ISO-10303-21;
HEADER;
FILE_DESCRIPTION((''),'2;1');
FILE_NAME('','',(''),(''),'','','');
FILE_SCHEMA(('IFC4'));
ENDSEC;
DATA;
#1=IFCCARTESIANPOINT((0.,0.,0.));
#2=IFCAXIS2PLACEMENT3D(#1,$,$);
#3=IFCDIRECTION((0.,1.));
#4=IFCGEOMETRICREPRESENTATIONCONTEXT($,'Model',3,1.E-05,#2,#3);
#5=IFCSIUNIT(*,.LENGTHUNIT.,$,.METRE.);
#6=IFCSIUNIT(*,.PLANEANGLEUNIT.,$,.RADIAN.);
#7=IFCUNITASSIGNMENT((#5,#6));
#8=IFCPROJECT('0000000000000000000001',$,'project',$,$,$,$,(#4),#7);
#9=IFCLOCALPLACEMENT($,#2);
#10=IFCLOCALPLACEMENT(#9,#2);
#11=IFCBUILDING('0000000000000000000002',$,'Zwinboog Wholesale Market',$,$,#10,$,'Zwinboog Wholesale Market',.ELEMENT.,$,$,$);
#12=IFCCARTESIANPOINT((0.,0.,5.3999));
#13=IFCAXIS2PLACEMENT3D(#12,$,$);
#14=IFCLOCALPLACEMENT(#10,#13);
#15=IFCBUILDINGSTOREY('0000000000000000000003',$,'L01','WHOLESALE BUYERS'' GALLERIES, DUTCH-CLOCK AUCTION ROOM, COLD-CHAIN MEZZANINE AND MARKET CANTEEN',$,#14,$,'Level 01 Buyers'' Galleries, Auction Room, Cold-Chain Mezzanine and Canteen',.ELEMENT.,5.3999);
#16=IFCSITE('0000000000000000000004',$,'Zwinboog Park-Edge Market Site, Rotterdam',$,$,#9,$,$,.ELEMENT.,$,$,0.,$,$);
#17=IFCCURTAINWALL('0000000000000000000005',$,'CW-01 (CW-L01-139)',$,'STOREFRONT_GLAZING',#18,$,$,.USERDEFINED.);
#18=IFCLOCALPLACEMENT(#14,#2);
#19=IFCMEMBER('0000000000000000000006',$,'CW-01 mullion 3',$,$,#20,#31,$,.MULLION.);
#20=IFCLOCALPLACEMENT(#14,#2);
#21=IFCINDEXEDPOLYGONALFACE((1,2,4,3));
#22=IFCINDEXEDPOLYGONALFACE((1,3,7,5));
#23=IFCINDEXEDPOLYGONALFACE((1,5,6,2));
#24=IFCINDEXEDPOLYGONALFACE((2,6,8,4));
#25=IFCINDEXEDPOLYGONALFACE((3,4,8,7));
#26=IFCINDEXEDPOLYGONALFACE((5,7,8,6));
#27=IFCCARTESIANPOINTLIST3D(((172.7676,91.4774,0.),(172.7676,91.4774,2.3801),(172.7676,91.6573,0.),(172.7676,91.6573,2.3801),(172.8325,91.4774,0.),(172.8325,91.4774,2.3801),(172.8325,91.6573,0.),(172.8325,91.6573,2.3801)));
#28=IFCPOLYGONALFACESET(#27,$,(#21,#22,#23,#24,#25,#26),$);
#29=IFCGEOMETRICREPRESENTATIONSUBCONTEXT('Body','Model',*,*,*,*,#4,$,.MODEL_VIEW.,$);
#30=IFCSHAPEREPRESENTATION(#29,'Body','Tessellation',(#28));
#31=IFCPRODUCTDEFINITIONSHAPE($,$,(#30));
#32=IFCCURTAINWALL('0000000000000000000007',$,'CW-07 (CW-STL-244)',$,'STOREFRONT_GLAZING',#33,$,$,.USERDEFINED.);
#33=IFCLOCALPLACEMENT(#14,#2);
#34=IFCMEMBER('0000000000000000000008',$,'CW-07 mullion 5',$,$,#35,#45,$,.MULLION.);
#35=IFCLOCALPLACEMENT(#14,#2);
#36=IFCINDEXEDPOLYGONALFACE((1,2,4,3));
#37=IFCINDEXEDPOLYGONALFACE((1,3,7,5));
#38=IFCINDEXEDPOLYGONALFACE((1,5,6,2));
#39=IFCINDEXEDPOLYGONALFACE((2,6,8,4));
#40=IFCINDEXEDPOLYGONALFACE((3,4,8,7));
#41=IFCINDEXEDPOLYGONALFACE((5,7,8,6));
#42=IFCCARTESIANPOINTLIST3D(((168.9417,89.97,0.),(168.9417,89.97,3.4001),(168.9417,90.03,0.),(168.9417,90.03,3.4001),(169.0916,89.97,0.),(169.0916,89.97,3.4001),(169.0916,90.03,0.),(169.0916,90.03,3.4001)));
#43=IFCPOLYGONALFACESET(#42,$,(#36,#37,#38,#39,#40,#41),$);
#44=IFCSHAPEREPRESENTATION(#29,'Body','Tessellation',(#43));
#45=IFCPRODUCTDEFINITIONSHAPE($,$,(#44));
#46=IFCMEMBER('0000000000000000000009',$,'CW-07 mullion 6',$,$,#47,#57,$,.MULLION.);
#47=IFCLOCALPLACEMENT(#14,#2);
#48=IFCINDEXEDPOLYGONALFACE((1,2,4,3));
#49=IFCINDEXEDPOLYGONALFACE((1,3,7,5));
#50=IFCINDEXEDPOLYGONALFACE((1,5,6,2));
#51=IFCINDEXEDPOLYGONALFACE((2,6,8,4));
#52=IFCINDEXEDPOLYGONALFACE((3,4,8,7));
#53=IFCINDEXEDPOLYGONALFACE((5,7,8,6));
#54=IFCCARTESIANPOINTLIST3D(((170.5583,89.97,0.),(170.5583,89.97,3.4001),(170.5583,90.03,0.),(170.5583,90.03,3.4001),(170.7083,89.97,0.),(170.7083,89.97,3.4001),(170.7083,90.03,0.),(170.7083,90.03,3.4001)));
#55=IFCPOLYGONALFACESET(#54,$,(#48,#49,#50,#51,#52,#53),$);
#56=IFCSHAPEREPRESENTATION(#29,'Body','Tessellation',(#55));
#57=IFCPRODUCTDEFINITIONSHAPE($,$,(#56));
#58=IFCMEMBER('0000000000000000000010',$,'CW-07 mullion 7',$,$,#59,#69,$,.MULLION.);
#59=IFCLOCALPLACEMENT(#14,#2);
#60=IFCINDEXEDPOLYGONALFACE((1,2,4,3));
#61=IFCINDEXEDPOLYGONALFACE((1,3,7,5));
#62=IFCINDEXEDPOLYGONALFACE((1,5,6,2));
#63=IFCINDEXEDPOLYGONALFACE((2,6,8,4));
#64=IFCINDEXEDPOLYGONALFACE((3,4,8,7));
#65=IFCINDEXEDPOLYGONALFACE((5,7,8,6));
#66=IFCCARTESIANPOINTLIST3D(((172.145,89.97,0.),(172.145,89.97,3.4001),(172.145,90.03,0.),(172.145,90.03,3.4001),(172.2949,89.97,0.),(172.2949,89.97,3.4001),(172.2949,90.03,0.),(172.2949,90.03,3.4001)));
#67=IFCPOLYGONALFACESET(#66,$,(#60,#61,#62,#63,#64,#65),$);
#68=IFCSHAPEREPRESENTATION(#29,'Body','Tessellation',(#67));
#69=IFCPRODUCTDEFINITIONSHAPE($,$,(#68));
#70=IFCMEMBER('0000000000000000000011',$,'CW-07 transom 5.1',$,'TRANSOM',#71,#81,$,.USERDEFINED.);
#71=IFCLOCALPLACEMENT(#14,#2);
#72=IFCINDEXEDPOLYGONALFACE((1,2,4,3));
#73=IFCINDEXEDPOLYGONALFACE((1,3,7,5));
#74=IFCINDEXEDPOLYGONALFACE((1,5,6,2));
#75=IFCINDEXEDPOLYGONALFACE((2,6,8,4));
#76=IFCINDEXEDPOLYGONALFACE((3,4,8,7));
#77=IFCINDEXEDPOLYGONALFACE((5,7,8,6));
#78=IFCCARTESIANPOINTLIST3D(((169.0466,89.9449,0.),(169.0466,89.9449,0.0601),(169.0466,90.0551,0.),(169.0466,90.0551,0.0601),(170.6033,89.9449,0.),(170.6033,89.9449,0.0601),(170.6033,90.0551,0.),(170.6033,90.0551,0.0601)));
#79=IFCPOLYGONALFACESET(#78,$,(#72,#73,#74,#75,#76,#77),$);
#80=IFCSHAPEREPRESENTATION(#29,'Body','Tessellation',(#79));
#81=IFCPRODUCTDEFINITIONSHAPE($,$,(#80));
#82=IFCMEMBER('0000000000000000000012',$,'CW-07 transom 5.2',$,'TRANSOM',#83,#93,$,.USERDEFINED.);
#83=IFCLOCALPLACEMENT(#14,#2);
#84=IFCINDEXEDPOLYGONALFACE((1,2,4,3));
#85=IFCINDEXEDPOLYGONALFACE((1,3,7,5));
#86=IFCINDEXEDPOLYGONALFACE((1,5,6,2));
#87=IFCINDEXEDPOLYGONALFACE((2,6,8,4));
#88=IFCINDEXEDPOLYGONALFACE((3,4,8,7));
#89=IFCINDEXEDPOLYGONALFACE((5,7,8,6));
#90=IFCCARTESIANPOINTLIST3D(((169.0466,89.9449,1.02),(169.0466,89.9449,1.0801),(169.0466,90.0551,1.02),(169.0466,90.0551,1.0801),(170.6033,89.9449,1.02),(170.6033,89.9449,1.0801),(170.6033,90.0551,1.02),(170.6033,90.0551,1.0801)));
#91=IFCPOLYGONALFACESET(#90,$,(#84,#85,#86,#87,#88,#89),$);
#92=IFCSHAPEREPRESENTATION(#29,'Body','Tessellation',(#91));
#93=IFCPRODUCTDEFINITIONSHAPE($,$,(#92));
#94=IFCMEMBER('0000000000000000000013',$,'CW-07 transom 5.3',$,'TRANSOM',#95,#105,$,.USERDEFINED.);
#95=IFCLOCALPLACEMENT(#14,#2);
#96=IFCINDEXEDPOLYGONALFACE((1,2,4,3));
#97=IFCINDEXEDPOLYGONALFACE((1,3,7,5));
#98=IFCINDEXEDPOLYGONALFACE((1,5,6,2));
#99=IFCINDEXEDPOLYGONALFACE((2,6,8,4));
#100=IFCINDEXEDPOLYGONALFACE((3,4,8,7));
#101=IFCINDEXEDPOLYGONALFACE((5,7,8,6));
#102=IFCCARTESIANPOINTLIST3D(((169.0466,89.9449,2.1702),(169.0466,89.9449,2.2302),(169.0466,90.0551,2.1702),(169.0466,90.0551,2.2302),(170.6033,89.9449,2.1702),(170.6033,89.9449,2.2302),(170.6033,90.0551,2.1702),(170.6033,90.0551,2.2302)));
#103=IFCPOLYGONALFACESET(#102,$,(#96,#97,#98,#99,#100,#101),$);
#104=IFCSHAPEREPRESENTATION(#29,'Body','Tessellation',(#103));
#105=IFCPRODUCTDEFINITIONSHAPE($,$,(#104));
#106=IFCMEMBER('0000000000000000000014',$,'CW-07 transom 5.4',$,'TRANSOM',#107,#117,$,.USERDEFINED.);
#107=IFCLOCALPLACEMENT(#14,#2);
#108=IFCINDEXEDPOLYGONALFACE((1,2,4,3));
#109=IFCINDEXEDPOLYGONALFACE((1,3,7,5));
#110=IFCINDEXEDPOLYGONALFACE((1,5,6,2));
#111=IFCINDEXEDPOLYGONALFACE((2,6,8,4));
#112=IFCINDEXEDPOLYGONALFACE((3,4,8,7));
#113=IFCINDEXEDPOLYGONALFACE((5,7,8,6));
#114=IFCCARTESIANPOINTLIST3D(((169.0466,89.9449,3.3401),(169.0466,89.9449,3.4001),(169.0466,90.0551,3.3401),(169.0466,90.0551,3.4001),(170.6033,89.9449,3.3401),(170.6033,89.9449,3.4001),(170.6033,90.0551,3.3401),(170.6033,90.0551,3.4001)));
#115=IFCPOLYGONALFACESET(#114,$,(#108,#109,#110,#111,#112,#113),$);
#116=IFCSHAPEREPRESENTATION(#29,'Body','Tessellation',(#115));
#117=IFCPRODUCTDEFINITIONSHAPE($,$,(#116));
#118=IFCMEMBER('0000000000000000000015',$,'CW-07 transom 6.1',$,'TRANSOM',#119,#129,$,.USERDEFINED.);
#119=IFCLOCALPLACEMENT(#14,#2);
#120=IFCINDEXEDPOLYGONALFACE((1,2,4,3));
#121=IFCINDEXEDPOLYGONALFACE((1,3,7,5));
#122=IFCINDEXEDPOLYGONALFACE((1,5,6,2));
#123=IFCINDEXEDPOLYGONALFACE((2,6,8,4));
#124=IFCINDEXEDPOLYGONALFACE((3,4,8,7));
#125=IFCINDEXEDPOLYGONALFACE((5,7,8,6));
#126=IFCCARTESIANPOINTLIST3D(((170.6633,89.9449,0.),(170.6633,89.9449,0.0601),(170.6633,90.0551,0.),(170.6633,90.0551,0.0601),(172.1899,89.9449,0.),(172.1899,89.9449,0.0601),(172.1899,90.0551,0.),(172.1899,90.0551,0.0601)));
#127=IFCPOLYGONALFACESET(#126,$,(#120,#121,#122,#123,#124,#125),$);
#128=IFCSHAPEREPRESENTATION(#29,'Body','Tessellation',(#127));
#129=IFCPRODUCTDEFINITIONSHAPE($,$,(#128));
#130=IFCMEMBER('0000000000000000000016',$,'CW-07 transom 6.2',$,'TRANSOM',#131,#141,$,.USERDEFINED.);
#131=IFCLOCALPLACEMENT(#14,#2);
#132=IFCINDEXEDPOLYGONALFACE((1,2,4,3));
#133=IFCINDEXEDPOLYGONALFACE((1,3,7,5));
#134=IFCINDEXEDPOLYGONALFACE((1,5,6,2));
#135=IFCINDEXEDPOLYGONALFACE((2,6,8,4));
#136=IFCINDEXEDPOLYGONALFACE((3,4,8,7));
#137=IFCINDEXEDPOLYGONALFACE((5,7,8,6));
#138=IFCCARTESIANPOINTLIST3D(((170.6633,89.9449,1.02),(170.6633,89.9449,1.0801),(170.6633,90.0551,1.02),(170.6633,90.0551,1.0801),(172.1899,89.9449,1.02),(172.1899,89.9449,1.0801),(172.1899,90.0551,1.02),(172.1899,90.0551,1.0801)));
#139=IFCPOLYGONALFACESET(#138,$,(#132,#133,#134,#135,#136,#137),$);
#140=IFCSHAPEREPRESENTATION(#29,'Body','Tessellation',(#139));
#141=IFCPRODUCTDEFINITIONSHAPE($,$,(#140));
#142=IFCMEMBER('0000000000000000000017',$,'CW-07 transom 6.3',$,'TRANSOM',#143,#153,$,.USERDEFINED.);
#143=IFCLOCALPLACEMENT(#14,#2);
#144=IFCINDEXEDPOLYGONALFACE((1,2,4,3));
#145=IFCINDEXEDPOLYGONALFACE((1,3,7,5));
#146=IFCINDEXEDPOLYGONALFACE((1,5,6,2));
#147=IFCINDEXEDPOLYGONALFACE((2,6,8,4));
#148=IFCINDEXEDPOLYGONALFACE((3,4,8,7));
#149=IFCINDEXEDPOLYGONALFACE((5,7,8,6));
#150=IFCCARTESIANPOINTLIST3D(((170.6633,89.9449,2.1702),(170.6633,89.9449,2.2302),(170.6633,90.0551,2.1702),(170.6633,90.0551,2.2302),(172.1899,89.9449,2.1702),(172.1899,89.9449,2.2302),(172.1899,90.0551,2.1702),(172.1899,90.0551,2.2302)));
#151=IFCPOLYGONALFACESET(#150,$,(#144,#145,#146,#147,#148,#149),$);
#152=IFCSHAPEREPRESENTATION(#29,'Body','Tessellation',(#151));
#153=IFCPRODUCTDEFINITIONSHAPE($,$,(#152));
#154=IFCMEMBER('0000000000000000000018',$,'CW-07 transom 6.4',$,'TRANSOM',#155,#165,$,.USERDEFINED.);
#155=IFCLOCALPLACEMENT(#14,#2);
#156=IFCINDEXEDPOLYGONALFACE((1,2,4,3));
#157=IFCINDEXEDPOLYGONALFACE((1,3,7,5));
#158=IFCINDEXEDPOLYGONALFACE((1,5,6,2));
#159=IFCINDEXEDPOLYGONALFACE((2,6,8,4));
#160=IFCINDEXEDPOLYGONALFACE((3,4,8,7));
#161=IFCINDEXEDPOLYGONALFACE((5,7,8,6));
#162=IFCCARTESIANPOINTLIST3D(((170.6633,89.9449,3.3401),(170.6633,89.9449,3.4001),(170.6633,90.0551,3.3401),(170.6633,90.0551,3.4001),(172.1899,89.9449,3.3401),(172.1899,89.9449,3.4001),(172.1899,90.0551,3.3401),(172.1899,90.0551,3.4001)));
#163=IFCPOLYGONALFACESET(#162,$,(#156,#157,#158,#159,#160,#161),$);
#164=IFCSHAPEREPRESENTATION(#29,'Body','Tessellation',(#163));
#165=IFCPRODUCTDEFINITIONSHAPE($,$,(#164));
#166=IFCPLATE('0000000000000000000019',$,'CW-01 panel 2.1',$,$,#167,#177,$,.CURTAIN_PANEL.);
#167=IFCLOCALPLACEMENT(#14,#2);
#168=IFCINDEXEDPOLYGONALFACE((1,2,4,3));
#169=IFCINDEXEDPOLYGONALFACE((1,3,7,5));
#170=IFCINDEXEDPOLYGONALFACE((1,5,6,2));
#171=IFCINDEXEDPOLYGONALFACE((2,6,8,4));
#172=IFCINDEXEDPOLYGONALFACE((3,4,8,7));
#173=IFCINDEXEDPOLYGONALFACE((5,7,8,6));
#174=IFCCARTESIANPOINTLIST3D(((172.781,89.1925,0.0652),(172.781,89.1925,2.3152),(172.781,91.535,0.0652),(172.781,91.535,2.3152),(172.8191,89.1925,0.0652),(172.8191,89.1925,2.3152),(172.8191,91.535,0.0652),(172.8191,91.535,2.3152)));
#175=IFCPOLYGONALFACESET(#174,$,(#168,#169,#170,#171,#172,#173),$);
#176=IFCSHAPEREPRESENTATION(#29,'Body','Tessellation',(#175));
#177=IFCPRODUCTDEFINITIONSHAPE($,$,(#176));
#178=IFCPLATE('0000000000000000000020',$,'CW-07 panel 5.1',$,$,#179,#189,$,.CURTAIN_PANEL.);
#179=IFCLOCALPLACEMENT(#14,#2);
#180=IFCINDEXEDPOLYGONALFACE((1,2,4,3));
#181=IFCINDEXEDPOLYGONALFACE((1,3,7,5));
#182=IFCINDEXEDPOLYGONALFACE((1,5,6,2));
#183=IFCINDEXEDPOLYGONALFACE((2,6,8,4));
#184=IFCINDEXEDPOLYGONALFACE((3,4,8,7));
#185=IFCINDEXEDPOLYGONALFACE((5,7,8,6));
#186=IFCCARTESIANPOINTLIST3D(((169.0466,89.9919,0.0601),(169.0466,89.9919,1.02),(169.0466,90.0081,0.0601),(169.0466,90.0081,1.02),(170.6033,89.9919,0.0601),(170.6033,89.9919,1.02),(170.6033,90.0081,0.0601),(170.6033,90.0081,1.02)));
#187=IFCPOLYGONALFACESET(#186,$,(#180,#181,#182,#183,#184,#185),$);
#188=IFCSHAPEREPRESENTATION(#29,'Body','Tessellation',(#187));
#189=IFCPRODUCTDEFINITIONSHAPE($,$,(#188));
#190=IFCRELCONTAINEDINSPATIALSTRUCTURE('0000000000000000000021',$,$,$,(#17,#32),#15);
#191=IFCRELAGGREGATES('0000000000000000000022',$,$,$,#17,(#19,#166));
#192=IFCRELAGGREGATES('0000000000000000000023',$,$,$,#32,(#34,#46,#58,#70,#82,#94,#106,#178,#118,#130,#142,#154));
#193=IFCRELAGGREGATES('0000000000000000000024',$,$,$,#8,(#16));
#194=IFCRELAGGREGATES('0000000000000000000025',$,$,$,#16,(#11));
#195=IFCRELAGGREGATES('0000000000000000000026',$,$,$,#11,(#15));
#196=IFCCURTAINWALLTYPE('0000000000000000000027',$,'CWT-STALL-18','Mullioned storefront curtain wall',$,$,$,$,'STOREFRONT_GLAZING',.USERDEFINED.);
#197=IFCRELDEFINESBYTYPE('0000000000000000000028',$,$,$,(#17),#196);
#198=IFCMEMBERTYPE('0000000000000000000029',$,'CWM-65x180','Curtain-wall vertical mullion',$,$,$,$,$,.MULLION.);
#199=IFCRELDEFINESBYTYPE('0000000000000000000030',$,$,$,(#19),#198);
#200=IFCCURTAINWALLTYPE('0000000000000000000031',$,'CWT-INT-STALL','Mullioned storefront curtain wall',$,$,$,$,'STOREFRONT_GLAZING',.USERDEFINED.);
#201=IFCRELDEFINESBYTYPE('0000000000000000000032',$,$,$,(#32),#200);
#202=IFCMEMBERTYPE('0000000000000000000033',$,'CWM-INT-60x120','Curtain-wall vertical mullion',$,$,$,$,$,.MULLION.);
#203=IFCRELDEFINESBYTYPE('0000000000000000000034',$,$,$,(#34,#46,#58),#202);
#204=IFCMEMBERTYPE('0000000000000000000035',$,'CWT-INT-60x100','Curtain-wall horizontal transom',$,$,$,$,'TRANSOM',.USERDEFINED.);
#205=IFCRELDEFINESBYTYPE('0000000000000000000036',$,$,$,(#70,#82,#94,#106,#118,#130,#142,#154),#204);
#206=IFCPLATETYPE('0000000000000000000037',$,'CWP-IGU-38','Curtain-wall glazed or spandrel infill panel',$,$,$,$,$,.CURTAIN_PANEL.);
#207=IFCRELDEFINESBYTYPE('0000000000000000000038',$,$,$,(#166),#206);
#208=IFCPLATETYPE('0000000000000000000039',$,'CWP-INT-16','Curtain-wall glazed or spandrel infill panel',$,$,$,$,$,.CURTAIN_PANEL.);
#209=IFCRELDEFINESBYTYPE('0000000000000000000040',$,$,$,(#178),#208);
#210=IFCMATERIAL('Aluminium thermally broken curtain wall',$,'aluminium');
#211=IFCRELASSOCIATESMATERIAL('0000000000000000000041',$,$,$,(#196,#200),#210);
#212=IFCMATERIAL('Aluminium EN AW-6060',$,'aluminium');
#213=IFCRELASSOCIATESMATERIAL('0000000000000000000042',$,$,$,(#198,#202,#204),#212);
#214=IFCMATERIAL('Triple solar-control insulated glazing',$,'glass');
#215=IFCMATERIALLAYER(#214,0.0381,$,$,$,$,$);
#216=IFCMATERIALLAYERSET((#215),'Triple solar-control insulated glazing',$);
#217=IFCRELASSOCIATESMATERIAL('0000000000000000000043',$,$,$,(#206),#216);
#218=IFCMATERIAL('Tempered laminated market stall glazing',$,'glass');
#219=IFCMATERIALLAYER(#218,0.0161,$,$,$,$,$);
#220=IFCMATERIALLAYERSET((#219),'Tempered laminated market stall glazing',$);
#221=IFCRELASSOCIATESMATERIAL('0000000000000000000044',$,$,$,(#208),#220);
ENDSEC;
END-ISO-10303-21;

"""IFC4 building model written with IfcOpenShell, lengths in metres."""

from ifc_helpers import new_model, si_unit, direction, frame, origin, origin_2d, place, context, subcontext, project, spatial, rectangle, extrude, material, layer, layer_set, material_profile, profile_set, type_object, element, aggregate, save


model = new_model("IFC4")

# Units and contexts
model_context = context("Model", 3, precision=1e-05, world=origin(), true_north=direction((0.0, 1.0)))
body_context = subcontext(model_context, "Body", "Model", "MODEL_VIEW")
ifc_project = project(units=[si_unit("LENGTHUNIT", "METRE"), si_unit("PLANEANGLEUNIT", "RADIAN")], contexts=[model_context])

# Site, building, storey
site_placement = place(None, origin())
site = spatial("IfcSite", under=ifc_project, at=site_placement, Name="Zwinboog Park-Edge Market Site, Rotterdam", CompositionType="ELEMENT", RefElevation=0.0)
building_placement = place(site_placement, origin())
building = spatial("IfcBuilding", under=site, at=building_placement, Name="Zwinboog Wholesale Market", LongName="Zwinboog Wholesale Market", CompositionType="ELEMENT")
storey_placement = place(building_placement, frame((0.0, 0.0, 5.3999)))
storey = spatial("IfcBuildingStorey", under=building, at=storey_placement, Name="L01", Description="WHOLESALE BUYERS' GALLERIES, DUTCH-CLOCK AUCTION ROOM, COLD-CHAIN MEZZANINE AND MARKET CANTEEN", LongName="Level 01 Buyers' Galleries, Auction Room, Cold-Chain Mezzanine and Canteen", CompositionType="ELEMENT", Elevation=5.3999)

# Curtain wall, member
ifc_material_1 = material(Name="Aluminium thermally broken curtain wall", Category="aluminium")
curtain_wall_type_1 = type_object("IfcCurtainWallType", Name="CWT-STALL-18", Description="Mullioned storefront curtain wall", ElementType="STOREFRONT_GLAZING", PredefinedType="USERDEFINED", material=ifc_material_1)
curtain_wall_1_placement = place(storey_placement, origin())
curtain_wall_1 = element("IfcCurtainWall", 1, at=curtain_wall_1_placement, inside=storey, type_object=curtain_wall_type_1, Name="CW-01 (CW-L01-139)", ObjectType="STOREFRONT_GLAZING", PredefinedType="USERDEFINED")
ifc_material_2 = material(Name="Aluminium EN AW-6060", Category="aluminium")
ifc_material_profile_1 = material_profile(ifc_material_2, rectangle(XDim=0.0649, YDim=0.1799, at=origin_2d()), Name="AL 65x180")
ifc_profile_set_1 = profile_set([ifc_material_profile_1], Name="Aluminium EN AW-6060")
member_type_1 = type_object("IfcMemberType", Name="CWM-65x180", Description="Curtain-wall vertical mullion", PredefinedType="MULLION", material=ifc_profile_set_1)
member_1_placement = place(storey_placement, frame((172.8, 91.5674, 0.0), z_axis=(0.0, 0.0, 1.0), x_axis=(-1.0, 0.0, 0.0)))
member_1 = element("IfcMember", 2, at=member_1_placement, type_object=member_type_1, Name="CW-01 mullion 3", PredefinedType="MULLION", context=body_context, shape_type="SweptSolid", body=[
    extrude(rectangle(XDim=0.0649, YDim=0.1799, at=origin_2d()), origin(), (0.0, 0.0, 1.0), 2.3801),
])

# Curtain wall, members
curtain_wall_type_2 = type_object("IfcCurtainWallType", Name="CWT-INT-STALL", Description="Mullioned storefront curtain wall", ElementType="STOREFRONT_GLAZING", PredefinedType="USERDEFINED", material=ifc_material_1)
curtain_wall_2_placement = place(storey_placement, origin())
curtain_wall_2 = element("IfcCurtainWall", 3, at=curtain_wall_2_placement, inside=storey, type_object=curtain_wall_type_2, Name="CW-07 (CW-STL-244)", ObjectType="STOREFRONT_GLAZING", PredefinedType="USERDEFINED")
ifc_material_profile_2 = material_profile(ifc_material_2, rectangle(XDim=0.0601, YDim=0.1499, at=origin_2d()), Name="AL 60x150")
ifc_profile_set_2 = profile_set([ifc_material_profile_2], Name="Aluminium EN AW-6060")
member_type_2 = type_object("IfcMemberType", Name="CWM-INT-60x120", Description="Curtain-wall vertical mullion", PredefinedType="MULLION", material=ifc_profile_set_2)
member_2_placement = place(storey_placement, frame((169.0166, 90.0, 0.0), z_axis=(0.0, 0.0, 1.0), x_axis=(0.0, 1.0, 0.0)))
member_2 = element("IfcMember", 4, at=member_2_placement, type_object=member_type_2, Name="CW-07 mullion 5", PredefinedType="MULLION", context=body_context, shape_type="SweptSolid", body=[
    extrude(rectangle(XDim=0.0601, YDim=0.1499, at=origin_2d()), origin(), (0.0, 0.0, 1.0), 3.4001),
])
member_3_placement = place(storey_placement, frame((170.6333, 90.0, 0.0), z_axis=(0.0, 0.0, 1.0), x_axis=(0.0, 1.0, 0.0)))
member_3 = element("IfcMember", 5, at=member_3_placement, type_object=member_type_2, Name="CW-07 mullion 6", PredefinedType="MULLION", context=body_context, shape_type="SweptSolid", body=[
    extrude(rectangle(XDim=0.0601, YDim=0.1499, at=origin_2d()), origin(), (0.0, 0.0, 1.0), 3.4001),
])
member_4_placement = place(storey_placement, frame((172.22, 90.0, 0.0), z_axis=(0.0, 0.0, 1.0), x_axis=(0.0, 1.0, 0.0)))
member_4 = element("IfcMember", 6, at=member_4_placement, type_object=member_type_2, Name="CW-07 mullion 7", PredefinedType="MULLION", context=body_context, shape_type="SweptSolid", body=[
    extrude(rectangle(XDim=0.0601, YDim=0.1499, at=origin_2d()), origin(), (0.0, 0.0, 1.0), 3.4001),
])
ifc_material_profile_3 = material_profile(ifc_material_2, rectangle(XDim=0.1101, YDim=0.0601, at=origin_2d()), Name="AL 60x110")
ifc_profile_set_3 = profile_set([ifc_material_profile_3], Name="Aluminium EN AW-6060")
member_type_3 = type_object("IfcMemberType", Name="CWT-INT-60x100", Description="Curtain-wall horizontal transom", ElementType="TRANSOM", PredefinedType="USERDEFINED", material=ifc_profile_set_3)
member_5_placement = place(storey_placement, frame((169.0466, 90.0, 0.03), z_axis=(1.0, 0.0, 0.0), x_axis=(0.0, 1.0, 0.0)))
member_5 = element("IfcMember", 7, at=member_5_placement, type_object=member_type_3, Name="CW-07 transom 5.1", ObjectType="TRANSOM", PredefinedType="USERDEFINED", context=body_context, shape_type="SweptSolid", body=[
    extrude(rectangle(XDim=0.1101, YDim=0.0601, at=origin_2d()), origin(), (0.0, 0.0, 1.0), 1.5566),
])
member_6_placement = place(storey_placement, frame((169.0466, 90.0, 1.05), z_axis=(1.0, 0.0, 0.0), x_axis=(0.0, 1.0, 0.0)))
member_6 = element("IfcMember", 8, at=member_6_placement, type_object=member_type_3, Name="CW-07 transom 5.2", ObjectType="TRANSOM", PredefinedType="USERDEFINED", context=body_context, shape_type="SweptSolid", body=[
    extrude(rectangle(XDim=0.1101, YDim=0.0601, at=origin_2d()), origin(), (0.0, 0.0, 1.0), 1.5566),
])
member_7_placement = place(storey_placement, frame((169.0466, 90.0, 2.2002), z_axis=(1.0, 0.0, 0.0), x_axis=(0.0, 1.0, 0.0)))
member_7 = element("IfcMember", 9, at=member_7_placement, type_object=member_type_3, Name="CW-07 transom 5.3", ObjectType="TRANSOM", PredefinedType="USERDEFINED", context=body_context, shape_type="SweptSolid", body=[
    extrude(rectangle(XDim=0.1101, YDim=0.0601, at=origin_2d()), origin(), (0.0, 0.0, 1.0), 1.5566),
])
member_8_placement = place(storey_placement, frame((169.0466, 90.0, 3.3701), z_axis=(1.0, 0.0, 0.0), x_axis=(0.0, 1.0, 0.0)))
member_8 = element("IfcMember", 10, at=member_8_placement, type_object=member_type_3, Name="CW-07 transom 5.4", ObjectType="TRANSOM", PredefinedType="USERDEFINED", context=body_context, shape_type="SweptSolid", body=[
    extrude(rectangle(XDim=0.1101, YDim=0.0601, at=origin_2d()), origin(), (0.0, 0.0, 1.0), 1.5566),
])
member_9_placement = place(storey_placement, frame((170.6633, 90.0, 0.03), z_axis=(1.0, 0.0, 0.0), x_axis=(0.0, 1.0, 0.0)))
member_9 = element("IfcMember", 11, at=member_9_placement, type_object=member_type_3, Name="CW-07 transom 6.1", ObjectType="TRANSOM", PredefinedType="USERDEFINED", context=body_context, shape_type="SweptSolid", body=[
    extrude(rectangle(XDim=0.1101, YDim=0.0601, at=origin_2d()), origin(), (0.0, 0.0, 1.0), 1.5266),
])
member_10_placement = place(storey_placement, frame((170.6633, 90.0, 1.05), z_axis=(1.0, 0.0, 0.0), x_axis=(0.0, 1.0, 0.0)))
member_10 = element("IfcMember", 12, at=member_10_placement, type_object=member_type_3, Name="CW-07 transom 6.2", ObjectType="TRANSOM", PredefinedType="USERDEFINED", context=body_context, shape_type="SweptSolid", body=[
    extrude(rectangle(XDim=0.1101, YDim=0.0601, at=origin_2d()), origin(), (0.0, 0.0, 1.0), 1.5266),
])
member_11_placement = place(storey_placement, frame((170.6633, 90.0, 2.2002), z_axis=(1.0, 0.0, 0.0), x_axis=(0.0, 1.0, 0.0)))
member_11 = element("IfcMember", 13, at=member_11_placement, type_object=member_type_3, Name="CW-07 transom 6.3", ObjectType="TRANSOM", PredefinedType="USERDEFINED", context=body_context, shape_type="SweptSolid", body=[
    extrude(rectangle(XDim=0.1101, YDim=0.0601, at=origin_2d()), origin(), (0.0, 0.0, 1.0), 1.5266),
])
member_12_placement = place(storey_placement, frame((170.6633, 90.0, 3.3701), z_axis=(1.0, 0.0, 0.0), x_axis=(0.0, 1.0, 0.0)))
member_12 = element("IfcMember", 14, at=member_12_placement, type_object=member_type_3, Name="CW-07 transom 6.4", ObjectType="TRANSOM", PredefinedType="USERDEFINED", context=body_context, shape_type="SweptSolid", body=[
    extrude(rectangle(XDim=0.1101, YDim=0.0601, at=origin_2d()), origin(), (0.0, 0.0, 1.0), 1.5266),
])

# Plates
ifc_material_3 = material(Name="Triple solar-control insulated glazing", Category="glass")
ifc_layer_1 = layer(ifc_material_3, 0.0381)
ifc_layer_set_1 = layer_set([ifc_layer_1], Name="Triple solar-control insulated glazing")
plate_type_1 = type_object("IfcPlateType", Name="CWP-IGU-38", Description="Curtain-wall glazed or spandrel infill panel", PredefinedType="CURTAIN_PANEL", material=ifc_layer_set_1)
plate_1_placement = place(storey_placement, frame((172.8, 90.3638, 0.0652), z_axis=(0.0, 0.0, 1.0), x_axis=(0.0, 1.0, 0.0)))
plate_1 = element("IfcPlate", 15, at=plate_1_placement, type_object=plate_type_1, Name="CW-01 panel 2.1", PredefinedType="CURTAIN_PANEL", context=body_context, shape_type="SweptSolid", body=[
    extrude(rectangle(XDim=2.3425, YDim=0.0381, at=origin_2d()), origin(), (0.0, 0.0, 1.0), 2.25),
])
aggregate(curtain_wall_1, [member_1, plate_1])
ifc_material_4 = material(Name="Tempered laminated market stall glazing", Category="glass")
ifc_layer_2 = layer(ifc_material_4, 0.0161)
ifc_layer_set_2 = layer_set([ifc_layer_2], Name="Tempered laminated market stall glazing")
plate_type_2 = type_object("IfcPlateType", Name="CWP-INT-16", Description="Curtain-wall glazed or spandrel infill panel", PredefinedType="CURTAIN_PANEL", material=ifc_layer_set_2)
plate_2_placement = place(storey_placement, frame((169.825, 90.0, 0.0601), z_axis=(0.0, 0.0, 1.0), x_axis=(1.0, 0.0, 0.0)))
plate_2 = element("IfcPlate", 16, at=plate_2_placement, type_object=plate_type_2, Name="CW-07 panel 5.1", PredefinedType="CURTAIN_PANEL", context=body_context, shape_type="SweptSolid", body=[
    extrude(rectangle(XDim=1.5566, YDim=0.0161, at=origin_2d()), origin(), (0.0, 0.0, 1.0), 0.96),
])
aggregate(curtain_wall_2, [member_2, member_3, member_4, member_5, member_6, member_7, member_8, plate_2, member_9, member_10, member_11, member_12])

save(model, "model.ifc")
